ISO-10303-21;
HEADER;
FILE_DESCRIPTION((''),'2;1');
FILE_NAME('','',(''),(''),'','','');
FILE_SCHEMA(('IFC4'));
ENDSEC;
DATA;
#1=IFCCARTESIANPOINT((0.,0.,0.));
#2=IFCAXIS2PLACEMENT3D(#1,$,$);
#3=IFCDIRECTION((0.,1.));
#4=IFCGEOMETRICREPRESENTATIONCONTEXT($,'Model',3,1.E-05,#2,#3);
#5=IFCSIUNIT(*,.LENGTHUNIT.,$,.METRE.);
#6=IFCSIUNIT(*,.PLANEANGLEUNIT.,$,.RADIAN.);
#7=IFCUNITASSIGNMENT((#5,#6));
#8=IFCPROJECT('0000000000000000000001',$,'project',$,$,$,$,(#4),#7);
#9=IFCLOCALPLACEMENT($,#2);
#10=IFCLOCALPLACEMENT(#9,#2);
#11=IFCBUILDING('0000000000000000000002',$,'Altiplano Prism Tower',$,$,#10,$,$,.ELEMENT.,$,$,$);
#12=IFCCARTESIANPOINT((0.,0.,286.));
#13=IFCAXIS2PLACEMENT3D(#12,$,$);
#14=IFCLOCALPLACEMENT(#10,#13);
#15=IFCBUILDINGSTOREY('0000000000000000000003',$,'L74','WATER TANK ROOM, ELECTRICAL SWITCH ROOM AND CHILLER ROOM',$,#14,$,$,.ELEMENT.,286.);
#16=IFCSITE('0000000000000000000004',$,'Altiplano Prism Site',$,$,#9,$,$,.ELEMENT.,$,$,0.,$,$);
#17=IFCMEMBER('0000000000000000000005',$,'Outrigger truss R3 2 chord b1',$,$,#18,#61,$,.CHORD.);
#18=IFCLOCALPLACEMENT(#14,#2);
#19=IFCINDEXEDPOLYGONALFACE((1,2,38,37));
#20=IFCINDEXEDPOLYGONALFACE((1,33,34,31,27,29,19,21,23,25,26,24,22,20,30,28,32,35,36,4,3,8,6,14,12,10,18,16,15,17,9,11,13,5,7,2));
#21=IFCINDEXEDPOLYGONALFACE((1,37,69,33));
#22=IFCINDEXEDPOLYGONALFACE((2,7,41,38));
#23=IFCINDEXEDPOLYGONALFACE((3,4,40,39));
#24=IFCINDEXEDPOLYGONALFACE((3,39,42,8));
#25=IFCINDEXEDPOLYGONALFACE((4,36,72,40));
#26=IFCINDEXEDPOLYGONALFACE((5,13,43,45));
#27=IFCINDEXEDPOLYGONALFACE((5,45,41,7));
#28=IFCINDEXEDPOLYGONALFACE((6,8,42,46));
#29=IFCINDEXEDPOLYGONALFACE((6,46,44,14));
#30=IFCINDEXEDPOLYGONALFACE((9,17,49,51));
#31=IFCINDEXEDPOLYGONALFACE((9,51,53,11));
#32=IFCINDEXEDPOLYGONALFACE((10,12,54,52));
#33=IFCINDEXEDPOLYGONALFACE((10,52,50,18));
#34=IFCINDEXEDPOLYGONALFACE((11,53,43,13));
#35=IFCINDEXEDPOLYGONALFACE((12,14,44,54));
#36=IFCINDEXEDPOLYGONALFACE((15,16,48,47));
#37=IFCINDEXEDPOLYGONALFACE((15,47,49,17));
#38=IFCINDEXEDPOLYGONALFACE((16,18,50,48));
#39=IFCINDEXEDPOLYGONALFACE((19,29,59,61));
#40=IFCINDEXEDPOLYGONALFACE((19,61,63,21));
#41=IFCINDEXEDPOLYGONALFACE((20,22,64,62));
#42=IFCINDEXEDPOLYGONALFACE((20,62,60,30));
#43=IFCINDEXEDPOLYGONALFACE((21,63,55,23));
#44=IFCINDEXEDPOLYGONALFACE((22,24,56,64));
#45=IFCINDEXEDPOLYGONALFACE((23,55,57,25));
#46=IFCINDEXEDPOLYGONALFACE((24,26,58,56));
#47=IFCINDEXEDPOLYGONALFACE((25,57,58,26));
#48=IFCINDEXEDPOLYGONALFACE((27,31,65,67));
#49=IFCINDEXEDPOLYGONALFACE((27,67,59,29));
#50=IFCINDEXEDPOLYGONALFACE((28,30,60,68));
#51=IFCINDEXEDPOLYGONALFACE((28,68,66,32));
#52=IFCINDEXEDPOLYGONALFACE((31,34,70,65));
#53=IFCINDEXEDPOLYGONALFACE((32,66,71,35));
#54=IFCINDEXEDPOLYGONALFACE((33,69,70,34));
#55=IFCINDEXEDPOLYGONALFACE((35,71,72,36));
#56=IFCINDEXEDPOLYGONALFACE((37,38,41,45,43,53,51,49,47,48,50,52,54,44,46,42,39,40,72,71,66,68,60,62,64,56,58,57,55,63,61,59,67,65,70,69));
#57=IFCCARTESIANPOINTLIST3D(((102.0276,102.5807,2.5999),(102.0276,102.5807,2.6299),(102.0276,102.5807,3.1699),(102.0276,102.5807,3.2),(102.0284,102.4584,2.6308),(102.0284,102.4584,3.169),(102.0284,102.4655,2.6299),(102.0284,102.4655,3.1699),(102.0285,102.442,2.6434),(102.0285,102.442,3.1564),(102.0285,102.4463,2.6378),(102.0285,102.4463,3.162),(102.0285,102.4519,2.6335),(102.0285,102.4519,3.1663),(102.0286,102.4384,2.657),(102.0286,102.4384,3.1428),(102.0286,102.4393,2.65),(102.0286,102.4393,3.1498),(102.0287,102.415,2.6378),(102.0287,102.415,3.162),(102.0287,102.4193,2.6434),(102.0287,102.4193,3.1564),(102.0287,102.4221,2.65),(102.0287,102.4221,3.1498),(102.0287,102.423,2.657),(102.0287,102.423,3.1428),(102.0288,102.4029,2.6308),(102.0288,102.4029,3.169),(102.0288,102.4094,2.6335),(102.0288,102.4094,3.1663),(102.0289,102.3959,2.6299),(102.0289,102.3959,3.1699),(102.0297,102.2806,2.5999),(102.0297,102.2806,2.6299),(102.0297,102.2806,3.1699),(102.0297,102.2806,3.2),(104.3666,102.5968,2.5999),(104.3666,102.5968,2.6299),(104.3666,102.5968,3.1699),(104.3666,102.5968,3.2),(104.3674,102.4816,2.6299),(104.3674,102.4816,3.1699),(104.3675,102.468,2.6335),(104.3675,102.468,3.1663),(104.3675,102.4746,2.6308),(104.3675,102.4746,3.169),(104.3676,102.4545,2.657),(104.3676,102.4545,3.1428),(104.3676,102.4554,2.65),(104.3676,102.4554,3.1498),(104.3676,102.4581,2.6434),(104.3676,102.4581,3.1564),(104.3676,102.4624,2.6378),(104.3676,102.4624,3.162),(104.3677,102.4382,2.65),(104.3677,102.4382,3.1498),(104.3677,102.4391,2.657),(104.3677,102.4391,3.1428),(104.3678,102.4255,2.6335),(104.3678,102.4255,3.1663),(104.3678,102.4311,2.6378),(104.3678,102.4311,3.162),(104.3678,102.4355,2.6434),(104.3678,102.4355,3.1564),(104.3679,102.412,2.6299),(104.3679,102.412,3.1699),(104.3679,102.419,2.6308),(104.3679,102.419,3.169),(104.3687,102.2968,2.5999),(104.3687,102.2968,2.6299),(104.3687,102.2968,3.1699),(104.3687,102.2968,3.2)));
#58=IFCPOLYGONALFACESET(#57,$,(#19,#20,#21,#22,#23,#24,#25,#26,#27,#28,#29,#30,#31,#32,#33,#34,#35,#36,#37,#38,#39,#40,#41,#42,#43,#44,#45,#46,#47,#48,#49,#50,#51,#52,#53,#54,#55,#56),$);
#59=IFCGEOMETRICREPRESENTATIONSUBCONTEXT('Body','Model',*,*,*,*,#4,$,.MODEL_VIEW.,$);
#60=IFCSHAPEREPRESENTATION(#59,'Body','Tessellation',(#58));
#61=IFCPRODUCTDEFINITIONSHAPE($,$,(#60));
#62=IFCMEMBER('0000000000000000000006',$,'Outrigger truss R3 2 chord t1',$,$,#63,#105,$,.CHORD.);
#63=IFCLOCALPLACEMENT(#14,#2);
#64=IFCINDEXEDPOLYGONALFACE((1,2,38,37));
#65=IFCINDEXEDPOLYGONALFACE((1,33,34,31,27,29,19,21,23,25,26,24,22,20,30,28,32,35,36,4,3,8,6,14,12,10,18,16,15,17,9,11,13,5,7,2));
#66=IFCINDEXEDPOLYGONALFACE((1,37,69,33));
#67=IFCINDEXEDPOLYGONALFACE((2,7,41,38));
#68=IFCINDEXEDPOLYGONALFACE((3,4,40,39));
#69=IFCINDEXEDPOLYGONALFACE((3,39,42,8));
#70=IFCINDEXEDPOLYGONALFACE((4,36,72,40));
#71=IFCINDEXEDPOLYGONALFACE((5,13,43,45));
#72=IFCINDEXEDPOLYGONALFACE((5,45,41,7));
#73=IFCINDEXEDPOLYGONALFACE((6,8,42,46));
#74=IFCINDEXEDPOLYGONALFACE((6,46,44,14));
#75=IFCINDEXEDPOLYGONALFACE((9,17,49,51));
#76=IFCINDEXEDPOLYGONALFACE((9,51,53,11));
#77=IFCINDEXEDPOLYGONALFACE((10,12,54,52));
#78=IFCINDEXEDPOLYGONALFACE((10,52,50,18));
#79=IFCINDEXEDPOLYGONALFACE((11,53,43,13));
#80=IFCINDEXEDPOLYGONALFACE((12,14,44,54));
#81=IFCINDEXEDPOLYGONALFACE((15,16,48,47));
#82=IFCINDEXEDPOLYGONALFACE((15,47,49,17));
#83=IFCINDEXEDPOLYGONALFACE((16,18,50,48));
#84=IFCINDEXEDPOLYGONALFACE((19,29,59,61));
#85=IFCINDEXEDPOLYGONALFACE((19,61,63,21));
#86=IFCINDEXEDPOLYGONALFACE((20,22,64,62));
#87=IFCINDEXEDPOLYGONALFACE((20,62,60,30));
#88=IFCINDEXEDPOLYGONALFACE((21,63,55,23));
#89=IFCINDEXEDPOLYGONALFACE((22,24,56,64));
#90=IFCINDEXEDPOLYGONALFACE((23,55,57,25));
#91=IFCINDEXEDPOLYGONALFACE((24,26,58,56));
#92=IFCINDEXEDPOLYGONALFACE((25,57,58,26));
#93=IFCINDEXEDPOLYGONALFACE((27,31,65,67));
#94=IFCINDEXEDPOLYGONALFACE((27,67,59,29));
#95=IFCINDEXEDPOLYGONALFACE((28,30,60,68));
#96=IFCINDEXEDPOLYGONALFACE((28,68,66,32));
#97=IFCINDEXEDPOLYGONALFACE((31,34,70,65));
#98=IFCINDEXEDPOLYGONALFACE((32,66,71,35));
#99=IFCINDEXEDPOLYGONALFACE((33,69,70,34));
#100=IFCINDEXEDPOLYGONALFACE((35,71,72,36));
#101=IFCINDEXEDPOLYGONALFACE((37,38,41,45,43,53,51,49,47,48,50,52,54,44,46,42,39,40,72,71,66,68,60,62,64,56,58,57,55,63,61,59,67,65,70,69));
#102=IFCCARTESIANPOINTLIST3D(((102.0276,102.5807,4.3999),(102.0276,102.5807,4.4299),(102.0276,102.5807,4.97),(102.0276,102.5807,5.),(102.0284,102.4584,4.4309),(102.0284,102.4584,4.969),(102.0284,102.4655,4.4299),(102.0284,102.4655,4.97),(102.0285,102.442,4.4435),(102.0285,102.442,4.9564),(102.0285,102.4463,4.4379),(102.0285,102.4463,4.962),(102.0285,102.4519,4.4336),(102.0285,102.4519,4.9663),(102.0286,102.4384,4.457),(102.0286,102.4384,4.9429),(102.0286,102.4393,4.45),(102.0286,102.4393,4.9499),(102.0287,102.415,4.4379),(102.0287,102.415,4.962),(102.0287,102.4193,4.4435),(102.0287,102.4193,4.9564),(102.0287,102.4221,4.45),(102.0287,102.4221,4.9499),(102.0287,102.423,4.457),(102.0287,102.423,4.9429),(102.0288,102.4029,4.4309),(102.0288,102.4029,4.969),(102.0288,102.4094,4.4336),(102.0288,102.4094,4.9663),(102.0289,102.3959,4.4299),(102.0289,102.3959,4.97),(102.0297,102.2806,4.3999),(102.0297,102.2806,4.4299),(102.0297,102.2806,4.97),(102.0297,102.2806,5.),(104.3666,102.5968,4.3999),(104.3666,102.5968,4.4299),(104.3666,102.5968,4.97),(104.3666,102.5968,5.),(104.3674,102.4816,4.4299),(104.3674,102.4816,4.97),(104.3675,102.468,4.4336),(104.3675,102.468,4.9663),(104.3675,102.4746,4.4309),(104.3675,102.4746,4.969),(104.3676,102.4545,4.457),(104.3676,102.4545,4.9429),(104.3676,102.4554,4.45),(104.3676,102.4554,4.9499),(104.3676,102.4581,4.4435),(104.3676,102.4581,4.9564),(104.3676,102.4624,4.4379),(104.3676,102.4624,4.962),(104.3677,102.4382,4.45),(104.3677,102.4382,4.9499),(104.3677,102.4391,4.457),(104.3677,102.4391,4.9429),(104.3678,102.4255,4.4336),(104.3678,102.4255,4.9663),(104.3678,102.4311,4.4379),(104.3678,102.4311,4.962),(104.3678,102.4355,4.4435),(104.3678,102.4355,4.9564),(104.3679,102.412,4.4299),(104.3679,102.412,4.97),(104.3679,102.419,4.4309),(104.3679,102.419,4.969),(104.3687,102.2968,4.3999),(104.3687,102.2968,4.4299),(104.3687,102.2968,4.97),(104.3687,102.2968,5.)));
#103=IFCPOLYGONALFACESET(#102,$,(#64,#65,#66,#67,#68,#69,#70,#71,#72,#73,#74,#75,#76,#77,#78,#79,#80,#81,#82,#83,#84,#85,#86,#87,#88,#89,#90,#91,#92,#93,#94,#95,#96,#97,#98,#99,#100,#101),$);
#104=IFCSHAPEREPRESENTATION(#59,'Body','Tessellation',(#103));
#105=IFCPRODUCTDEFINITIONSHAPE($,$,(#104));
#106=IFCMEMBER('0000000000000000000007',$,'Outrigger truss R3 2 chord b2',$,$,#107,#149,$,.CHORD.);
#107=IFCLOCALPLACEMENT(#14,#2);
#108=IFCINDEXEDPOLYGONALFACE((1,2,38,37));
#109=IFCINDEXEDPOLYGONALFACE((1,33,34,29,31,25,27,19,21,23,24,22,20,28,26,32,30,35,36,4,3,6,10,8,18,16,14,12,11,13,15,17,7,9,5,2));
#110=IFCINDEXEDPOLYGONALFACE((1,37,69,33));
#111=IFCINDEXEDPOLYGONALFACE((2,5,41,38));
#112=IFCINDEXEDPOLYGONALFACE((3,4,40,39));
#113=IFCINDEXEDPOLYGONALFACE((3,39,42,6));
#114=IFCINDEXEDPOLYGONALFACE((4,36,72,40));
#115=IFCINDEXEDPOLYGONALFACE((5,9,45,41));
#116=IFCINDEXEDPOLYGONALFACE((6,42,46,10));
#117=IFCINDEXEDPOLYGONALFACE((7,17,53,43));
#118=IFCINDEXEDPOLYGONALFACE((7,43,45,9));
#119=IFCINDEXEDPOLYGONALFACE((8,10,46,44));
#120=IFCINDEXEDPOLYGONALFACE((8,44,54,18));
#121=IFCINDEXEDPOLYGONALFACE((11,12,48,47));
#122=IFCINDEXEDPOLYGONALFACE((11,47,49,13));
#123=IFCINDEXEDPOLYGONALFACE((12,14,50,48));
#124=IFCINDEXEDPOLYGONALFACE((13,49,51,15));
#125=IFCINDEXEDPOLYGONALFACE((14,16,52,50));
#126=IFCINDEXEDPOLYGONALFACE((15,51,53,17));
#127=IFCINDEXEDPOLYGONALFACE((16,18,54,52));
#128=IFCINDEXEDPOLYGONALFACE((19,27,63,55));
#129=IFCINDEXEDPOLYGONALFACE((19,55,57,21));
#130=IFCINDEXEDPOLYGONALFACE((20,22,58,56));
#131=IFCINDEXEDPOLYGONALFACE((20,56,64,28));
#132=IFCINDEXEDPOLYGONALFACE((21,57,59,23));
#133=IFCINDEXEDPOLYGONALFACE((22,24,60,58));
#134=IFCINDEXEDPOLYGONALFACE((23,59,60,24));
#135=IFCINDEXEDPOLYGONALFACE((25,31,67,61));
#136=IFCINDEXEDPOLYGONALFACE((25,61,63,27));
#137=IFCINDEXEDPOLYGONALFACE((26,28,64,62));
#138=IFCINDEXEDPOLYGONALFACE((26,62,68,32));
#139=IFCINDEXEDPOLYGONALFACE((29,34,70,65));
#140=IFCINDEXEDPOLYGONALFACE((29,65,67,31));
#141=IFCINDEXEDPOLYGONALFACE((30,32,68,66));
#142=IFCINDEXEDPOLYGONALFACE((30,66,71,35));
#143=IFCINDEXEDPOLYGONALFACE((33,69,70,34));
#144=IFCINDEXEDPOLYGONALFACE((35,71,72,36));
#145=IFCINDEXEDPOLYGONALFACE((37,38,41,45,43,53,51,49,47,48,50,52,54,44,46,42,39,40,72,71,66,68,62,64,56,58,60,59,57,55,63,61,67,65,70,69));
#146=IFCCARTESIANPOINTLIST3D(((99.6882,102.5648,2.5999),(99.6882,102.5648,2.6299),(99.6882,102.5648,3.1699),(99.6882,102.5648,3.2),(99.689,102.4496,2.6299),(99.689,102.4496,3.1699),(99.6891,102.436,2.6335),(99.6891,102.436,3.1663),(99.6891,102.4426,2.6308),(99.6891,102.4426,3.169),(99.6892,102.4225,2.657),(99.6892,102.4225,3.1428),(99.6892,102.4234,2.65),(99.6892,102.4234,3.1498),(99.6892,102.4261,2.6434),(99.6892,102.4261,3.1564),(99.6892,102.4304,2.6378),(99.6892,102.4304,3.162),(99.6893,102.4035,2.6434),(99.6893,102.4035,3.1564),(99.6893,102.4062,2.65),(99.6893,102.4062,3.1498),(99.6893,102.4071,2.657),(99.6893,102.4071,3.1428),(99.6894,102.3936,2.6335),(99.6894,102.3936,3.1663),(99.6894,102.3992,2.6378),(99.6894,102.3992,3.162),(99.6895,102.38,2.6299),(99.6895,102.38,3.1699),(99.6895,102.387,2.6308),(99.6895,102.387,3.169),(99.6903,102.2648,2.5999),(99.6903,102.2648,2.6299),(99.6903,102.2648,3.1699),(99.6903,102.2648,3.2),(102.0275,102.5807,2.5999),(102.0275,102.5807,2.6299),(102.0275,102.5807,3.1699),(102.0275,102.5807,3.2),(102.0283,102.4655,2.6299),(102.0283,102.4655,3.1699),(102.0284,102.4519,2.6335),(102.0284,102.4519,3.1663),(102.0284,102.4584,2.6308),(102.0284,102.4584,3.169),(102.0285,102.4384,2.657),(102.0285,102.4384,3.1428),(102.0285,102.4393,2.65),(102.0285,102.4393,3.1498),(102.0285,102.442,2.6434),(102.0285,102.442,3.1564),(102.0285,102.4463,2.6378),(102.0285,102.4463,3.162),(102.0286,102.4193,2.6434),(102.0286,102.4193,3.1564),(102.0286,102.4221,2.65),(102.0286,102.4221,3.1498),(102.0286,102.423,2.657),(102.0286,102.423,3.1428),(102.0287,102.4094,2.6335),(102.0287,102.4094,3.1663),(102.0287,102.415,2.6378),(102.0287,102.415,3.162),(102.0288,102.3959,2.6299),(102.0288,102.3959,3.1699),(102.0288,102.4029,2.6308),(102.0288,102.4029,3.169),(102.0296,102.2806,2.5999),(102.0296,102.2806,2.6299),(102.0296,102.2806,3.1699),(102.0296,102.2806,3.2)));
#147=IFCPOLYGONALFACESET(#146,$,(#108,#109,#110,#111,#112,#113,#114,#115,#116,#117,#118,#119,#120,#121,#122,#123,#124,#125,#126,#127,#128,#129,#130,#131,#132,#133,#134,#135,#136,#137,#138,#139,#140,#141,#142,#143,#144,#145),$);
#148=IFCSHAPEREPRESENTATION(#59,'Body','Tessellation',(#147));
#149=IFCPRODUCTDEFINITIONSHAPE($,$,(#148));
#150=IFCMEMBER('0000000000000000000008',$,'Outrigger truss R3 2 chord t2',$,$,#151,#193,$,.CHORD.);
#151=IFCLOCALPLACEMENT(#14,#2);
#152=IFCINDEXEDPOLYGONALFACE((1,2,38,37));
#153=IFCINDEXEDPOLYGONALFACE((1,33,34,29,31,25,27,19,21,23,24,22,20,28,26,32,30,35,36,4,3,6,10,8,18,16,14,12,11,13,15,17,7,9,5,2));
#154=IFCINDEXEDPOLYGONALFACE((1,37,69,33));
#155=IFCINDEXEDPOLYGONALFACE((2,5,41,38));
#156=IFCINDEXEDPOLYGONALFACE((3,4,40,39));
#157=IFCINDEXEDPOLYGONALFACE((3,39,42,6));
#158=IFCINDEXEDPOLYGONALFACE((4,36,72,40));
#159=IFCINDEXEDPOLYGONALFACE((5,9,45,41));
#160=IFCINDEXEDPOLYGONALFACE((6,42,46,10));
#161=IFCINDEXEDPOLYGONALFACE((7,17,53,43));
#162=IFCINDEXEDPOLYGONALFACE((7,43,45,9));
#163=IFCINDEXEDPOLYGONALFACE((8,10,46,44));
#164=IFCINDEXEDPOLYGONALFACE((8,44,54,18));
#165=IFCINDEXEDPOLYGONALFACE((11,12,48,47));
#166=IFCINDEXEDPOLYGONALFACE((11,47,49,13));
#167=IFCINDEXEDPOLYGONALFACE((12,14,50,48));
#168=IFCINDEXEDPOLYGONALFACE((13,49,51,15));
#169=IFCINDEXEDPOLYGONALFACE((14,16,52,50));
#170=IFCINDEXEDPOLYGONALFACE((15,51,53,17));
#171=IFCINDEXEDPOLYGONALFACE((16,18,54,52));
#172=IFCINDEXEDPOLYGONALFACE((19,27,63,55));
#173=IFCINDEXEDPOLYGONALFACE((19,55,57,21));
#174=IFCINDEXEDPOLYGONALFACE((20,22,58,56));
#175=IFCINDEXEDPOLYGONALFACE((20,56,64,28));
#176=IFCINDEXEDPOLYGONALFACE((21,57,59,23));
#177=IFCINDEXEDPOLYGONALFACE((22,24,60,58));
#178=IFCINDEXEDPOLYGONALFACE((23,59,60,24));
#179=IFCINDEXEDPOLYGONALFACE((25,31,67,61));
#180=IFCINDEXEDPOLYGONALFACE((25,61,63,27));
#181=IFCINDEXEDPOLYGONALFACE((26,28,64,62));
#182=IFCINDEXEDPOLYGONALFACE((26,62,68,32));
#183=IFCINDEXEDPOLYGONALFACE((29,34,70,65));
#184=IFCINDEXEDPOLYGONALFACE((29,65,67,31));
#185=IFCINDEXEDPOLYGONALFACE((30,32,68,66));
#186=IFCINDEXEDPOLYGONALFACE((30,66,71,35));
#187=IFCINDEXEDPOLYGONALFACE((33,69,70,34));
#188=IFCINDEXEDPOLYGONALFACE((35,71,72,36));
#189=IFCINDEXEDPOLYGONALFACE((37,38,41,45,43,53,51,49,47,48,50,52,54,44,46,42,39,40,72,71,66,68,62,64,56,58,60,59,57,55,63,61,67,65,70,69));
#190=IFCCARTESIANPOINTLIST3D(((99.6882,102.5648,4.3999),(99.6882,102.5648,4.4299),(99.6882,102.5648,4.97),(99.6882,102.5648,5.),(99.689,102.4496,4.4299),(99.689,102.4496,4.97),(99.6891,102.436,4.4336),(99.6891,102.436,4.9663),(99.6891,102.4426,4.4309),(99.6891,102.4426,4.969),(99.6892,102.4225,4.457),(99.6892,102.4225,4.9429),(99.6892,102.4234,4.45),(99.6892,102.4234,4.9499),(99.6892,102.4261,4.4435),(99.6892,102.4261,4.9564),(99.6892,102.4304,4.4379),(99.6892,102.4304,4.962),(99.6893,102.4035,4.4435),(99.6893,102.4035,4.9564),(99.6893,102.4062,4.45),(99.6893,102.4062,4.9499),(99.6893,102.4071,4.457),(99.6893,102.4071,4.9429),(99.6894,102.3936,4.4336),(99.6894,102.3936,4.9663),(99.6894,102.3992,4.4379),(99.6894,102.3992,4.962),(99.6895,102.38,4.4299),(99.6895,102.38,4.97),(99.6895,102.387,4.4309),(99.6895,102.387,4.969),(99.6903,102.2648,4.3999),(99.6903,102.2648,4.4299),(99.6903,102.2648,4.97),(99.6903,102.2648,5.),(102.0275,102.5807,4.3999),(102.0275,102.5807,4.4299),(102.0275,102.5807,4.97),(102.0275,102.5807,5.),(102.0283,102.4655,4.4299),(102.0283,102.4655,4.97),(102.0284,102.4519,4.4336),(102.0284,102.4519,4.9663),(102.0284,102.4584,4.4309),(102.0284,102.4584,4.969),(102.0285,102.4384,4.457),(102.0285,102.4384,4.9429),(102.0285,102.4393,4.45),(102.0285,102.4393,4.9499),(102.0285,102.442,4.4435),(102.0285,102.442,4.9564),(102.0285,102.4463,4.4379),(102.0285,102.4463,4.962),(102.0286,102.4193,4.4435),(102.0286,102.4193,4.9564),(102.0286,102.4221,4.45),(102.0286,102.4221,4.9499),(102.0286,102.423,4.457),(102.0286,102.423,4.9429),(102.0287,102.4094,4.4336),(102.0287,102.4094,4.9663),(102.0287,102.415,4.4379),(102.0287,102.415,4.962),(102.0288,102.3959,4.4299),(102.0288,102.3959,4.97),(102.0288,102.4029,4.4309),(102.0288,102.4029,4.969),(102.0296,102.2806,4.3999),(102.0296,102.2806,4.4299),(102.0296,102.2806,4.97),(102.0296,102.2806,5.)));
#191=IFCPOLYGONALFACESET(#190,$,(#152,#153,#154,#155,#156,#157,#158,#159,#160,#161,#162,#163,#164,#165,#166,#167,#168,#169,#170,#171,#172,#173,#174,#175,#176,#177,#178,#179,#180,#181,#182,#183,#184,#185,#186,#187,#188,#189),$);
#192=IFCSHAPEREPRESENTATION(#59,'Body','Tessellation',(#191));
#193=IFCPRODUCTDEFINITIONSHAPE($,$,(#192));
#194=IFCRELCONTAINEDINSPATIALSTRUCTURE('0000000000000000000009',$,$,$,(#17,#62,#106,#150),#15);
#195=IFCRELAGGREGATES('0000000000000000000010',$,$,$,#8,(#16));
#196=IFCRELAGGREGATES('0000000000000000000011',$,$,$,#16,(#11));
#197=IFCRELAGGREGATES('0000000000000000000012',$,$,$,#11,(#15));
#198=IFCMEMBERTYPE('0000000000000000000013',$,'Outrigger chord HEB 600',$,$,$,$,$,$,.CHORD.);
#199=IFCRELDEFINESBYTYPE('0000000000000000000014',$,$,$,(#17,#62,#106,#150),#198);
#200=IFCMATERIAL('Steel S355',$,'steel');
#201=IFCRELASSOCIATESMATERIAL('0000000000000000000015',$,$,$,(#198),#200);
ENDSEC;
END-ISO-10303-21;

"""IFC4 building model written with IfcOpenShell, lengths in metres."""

from ifc_helpers import new_model, si_unit, direction, frame, origin, origin_2d, place, context, subcontext, project, spatial, i_section, extrude, material, material_profile, profile_set, type_object, element, save


model = new_model("IFC4")

# Units and contexts
model_context = context("Model", 3, precision=1e-05, world=origin(), true_north=direction((0.0, 1.0)))
body_context = subcontext(model_context, "Body", "Model", "MODEL_VIEW")
ifc_project = project(units=[si_unit("LENGTHUNIT", "METRE"), si_unit("PLANEANGLEUNIT", "RADIAN")], contexts=[model_context])

# Site, building, storey
site_placement = place(None, origin())
site = spatial("IfcSite", under=ifc_project, at=site_placement, Name="Altiplano Prism Site", CompositionType="ELEMENT", RefElevation=0.0)
building_placement = place(site_placement, origin())
building = spatial("IfcBuilding", under=site, at=building_placement, Name="Altiplano Prism Tower", CompositionType="ELEMENT")
storey_placement = place(building_placement, frame((0.0, 0.0, 286.0)))
storey = spatial("IfcBuildingStorey", under=building, at=storey_placement, Name="L74", Description="WATER TANK ROOM, ELECTRICAL SWITCH ROOM AND CHILLER ROOM", CompositionType="ELEMENT", Elevation=286.0)

# Members
ifc_material_1 = material(Name="Steel S355", Category="steel")
ifc_material_profile_1 = material_profile(ifc_material_1, i_section(OverallWidth=0.3, OverallDepth=0.6001, WebThickness=0.0154, FlangeThickness=0.03, FilletRadius=0.0271, at=origin_2d()), Name="Outrigger chord HEB 600")
ifc_profile_set_1 = profile_set([ifc_material_profile_1], Name="Steel S355")
member_type_1 = type_object("IfcMemberType", Name="Outrigger chord HEB 600", PredefinedType="CHORD", material=ifc_profile_set_1)
for number, where, z_axis, x_axis, name in (
    (1, (104.3677, 102.4468, 2.8999), (-0.999976, -0.006888, 0.0), (0.006888, -0.999976, 0.0), "Outrigger truss R3 2 chord b1"),
    (2, (104.3677, 102.4468, 4.7), (-0.999976, -0.006888, 0.0), (0.006888, -0.999976, 0.0), "Outrigger truss R3 2 chord t1"),
):
    element("IfcMember", number, at=place(storey_placement, frame(where, z_axis=z_axis, x_axis=x_axis)), inside=storey, type_object=member_type_1, Name=name, PredefinedType="CHORD", context=body_context, shape_type="SweptSolid", body=[
        extrude(i_section(OverallWidth=0.3, OverallDepth=0.6001, WebThickness=0.0154, FlangeThickness=0.03, FilletRadius=0.0271, at=origin_2d()), origin(), (0.0, 0.0, 1.0), 2.3391),
    ])
for number, where, z_axis, x_axis, name in (
    (3, (102.0286, 102.4307, 2.8999), (-0.999977, -0.006783, 0.0), (0.006783, -0.999977, 0.0), "Outrigger truss R3 2 chord b2"),
    (4, (102.0286, 102.4307, 4.7), (-0.999977, -0.006783, 0.0), (0.006783, -0.999977, 0.0), "Outrigger truss R3 2 chord t2"),
):
    element("IfcMember", number, at=place(storey_placement, frame(where, z_axis=z_axis, x_axis=x_axis)), inside=storey, type_object=member_type_1, Name=name, PredefinedType="CHORD", context=body_context, shape_type="SweptSolid", body=[
        extrude(i_section(OverallWidth=0.3, OverallDepth=0.6001, WebThickness=0.0154, FlangeThickness=0.03, FilletRadius=0.0271, at=origin_2d()), origin(), (0.0, 0.0, 1.0), 2.3394),
    ])

save(model, "model.ifc")
